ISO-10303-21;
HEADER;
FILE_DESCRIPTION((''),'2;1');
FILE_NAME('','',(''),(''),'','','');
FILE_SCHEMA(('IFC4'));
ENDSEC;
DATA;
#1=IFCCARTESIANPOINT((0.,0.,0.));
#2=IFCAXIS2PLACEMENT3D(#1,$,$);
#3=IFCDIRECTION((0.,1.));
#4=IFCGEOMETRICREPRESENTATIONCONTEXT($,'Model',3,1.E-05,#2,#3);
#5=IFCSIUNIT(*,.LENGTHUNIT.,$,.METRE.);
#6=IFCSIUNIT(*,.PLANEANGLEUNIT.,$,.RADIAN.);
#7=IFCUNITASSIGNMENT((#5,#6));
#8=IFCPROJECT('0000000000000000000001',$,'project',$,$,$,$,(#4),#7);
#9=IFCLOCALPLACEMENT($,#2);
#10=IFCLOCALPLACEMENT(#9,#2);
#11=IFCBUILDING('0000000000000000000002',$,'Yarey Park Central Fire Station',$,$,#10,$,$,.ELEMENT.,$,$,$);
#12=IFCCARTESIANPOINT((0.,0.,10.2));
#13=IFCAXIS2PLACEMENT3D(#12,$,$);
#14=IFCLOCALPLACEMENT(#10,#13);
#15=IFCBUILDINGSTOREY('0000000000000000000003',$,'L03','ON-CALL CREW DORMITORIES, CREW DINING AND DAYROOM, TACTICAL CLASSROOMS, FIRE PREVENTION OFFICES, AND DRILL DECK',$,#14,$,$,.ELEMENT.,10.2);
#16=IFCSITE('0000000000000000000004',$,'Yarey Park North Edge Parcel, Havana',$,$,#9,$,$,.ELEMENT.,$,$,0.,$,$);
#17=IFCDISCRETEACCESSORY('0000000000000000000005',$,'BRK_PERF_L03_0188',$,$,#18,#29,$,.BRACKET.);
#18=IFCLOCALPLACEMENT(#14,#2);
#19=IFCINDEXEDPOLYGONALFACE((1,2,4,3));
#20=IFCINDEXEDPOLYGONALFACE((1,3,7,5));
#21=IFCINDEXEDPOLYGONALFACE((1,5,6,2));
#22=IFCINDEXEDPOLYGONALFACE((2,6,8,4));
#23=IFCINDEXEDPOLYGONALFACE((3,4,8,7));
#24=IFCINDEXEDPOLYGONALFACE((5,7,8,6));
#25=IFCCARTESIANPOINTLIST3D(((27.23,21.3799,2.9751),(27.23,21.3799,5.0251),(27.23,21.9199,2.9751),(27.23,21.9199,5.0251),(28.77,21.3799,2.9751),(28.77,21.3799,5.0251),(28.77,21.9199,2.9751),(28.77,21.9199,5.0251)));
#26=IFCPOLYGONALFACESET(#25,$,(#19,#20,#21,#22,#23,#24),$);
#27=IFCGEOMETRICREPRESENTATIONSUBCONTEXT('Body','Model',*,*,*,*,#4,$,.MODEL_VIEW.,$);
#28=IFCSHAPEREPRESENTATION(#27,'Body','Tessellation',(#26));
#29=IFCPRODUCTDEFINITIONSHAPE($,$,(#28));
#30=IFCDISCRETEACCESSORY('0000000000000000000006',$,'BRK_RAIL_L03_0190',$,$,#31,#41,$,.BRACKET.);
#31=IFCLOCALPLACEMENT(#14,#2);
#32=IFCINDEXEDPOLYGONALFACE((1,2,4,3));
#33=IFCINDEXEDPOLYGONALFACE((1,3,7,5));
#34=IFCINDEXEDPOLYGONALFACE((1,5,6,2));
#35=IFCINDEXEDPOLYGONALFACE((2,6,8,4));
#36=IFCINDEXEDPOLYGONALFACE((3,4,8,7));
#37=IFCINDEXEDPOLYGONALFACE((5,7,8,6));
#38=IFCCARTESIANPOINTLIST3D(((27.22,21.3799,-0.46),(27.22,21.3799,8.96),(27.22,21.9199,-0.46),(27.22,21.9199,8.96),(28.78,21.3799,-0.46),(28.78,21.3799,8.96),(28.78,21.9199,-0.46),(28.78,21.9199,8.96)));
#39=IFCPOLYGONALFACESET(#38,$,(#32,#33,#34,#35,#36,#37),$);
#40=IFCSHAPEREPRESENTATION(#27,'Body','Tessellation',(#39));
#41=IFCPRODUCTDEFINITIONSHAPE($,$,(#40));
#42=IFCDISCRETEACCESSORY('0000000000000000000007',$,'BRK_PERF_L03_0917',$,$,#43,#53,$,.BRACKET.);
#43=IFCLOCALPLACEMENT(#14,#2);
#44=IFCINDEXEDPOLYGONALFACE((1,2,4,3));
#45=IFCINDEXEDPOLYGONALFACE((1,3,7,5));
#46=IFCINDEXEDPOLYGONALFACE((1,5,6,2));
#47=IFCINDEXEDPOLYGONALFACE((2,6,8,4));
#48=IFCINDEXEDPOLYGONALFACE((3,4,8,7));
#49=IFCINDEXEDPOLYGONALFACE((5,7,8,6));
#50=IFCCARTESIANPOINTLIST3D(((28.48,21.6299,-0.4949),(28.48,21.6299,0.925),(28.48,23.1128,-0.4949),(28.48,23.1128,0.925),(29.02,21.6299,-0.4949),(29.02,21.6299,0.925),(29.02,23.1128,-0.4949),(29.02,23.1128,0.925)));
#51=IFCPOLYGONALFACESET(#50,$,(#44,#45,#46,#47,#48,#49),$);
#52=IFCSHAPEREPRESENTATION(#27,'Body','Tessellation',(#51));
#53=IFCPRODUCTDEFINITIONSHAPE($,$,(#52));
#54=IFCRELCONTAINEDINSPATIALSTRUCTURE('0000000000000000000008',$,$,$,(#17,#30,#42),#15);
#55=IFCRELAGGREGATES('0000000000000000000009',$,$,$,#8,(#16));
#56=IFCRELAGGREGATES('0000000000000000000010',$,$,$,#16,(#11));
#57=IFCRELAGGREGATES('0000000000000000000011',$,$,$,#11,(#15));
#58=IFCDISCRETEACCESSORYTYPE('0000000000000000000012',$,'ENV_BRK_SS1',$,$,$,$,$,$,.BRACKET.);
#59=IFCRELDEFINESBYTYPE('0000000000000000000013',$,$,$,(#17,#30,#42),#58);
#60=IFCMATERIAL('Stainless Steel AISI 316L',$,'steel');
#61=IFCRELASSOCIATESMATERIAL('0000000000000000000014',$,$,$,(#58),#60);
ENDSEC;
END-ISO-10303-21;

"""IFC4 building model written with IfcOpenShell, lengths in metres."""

from ifc_helpers import new_model, si_unit, direction, frame, origin, origin_2d, place, context, subcontext, project, spatial, rectangle, extrude, material, type_object, element, save


model = new_model("IFC4")

# Units and contexts
model_context = context("Model", 3, precision=1e-05, world=origin(), true_north=direction((0.0, 1.0)))
body_context = subcontext(model_context, "Body", "Model", "MODEL_VIEW")
ifc_project = project(units=[si_unit("LENGTHUNIT", "METRE"), si_unit("PLANEANGLEUNIT", "RADIAN")], contexts=[model_context])

# Site, building, storey
site_placement = place(None, origin())
site = spatial("IfcSite", under=ifc_project, at=site_placement, Name="Yarey Park North Edge Parcel, Havana", CompositionType="ELEMENT", RefElevation=0.0)
building_placement = place(site_placement, origin())
building = spatial("IfcBuilding", under=site, at=building_placement, Name="Yarey Park Central Fire Station", CompositionType="ELEMENT")
storey_placement = place(building_placement, frame((0.0, 0.0, 10.2)))
storey = spatial("IfcBuildingStorey", under=building, at=storey_placement, Name="L03", Description="ON-CALL CREW DORMITORIES, CREW DINING AND DAYROOM, TACTICAL CLASSROOMS, FIRE PREVENTION OFFICES, AND DRILL DECK", CompositionType="ELEMENT", Elevation=10.2)

# Discrete accessories
ifc_material_1 = material(Name="Stainless Steel AISI 316L", Category="steel")
discrete_accessory_type = type_object("IfcDiscreteAccessoryType", Name="ENV_BRK_SS1", PredefinedType="BRACKET", material=ifc_material_1)
discrete_accessory_1_placement = place(storey_placement, frame((28.0, 21.6499, 2.9751), z_axis=(0.0, 0.0, 1.0), x_axis=(1.0, 0.0, 0.0)))
element("IfcDiscreteAccessory", 1, at=discrete_accessory_1_placement, inside=storey, type_object=discrete_accessory_type, Name="BRK_PERF_L03_0188", PredefinedType="BRACKET", context=body_context, shape_type="SweptSolid", body=[
    extrude(rectangle(XDim=1.54, YDim=0.54, at=origin_2d()), origin(), (0.0, 0.0, 1.0), 2.05),
])
discrete_accessory_2_placement = place(storey_placement, frame((28.0, 21.6499, -0.46), z_axis=(0.0, 0.0, 1.0), x_axis=(1.0, 0.0, 0.0)))
element("IfcDiscreteAccessory", 2, at=discrete_accessory_2_placement, inside=storey, type_object=discrete_accessory_type, Name="BRK_RAIL_L03_0190", PredefinedType="BRACKET", context=body_context, shape_type="SweptSolid", body=[
    extrude(rectangle(XDim=1.5601, YDim=0.54, at=origin_2d()), origin(), (0.0, 0.0, 1.0), 9.4199),
])
discrete_accessory_3_placement = place(storey_placement, frame((28.75, 22.3713, -0.4949), z_axis=(0.0, 0.0, 1.0), x_axis=(1.0, 0.0, 0.0)))
element("IfcDiscreteAccessory", 3, at=discrete_accessory_3_placement, inside=storey, type_object=discrete_accessory_type, Name="BRK_PERF_L03_0917", PredefinedType="BRACKET", context=body_context, shape_type="SweptSolid", body=[
    extrude(rectangle(XDim=0.54, YDim=1.4829, at=origin_2d()), origin(), (0.0, 0.0, 1.0), 1.4199),
])

save(model, "model.ifc")
